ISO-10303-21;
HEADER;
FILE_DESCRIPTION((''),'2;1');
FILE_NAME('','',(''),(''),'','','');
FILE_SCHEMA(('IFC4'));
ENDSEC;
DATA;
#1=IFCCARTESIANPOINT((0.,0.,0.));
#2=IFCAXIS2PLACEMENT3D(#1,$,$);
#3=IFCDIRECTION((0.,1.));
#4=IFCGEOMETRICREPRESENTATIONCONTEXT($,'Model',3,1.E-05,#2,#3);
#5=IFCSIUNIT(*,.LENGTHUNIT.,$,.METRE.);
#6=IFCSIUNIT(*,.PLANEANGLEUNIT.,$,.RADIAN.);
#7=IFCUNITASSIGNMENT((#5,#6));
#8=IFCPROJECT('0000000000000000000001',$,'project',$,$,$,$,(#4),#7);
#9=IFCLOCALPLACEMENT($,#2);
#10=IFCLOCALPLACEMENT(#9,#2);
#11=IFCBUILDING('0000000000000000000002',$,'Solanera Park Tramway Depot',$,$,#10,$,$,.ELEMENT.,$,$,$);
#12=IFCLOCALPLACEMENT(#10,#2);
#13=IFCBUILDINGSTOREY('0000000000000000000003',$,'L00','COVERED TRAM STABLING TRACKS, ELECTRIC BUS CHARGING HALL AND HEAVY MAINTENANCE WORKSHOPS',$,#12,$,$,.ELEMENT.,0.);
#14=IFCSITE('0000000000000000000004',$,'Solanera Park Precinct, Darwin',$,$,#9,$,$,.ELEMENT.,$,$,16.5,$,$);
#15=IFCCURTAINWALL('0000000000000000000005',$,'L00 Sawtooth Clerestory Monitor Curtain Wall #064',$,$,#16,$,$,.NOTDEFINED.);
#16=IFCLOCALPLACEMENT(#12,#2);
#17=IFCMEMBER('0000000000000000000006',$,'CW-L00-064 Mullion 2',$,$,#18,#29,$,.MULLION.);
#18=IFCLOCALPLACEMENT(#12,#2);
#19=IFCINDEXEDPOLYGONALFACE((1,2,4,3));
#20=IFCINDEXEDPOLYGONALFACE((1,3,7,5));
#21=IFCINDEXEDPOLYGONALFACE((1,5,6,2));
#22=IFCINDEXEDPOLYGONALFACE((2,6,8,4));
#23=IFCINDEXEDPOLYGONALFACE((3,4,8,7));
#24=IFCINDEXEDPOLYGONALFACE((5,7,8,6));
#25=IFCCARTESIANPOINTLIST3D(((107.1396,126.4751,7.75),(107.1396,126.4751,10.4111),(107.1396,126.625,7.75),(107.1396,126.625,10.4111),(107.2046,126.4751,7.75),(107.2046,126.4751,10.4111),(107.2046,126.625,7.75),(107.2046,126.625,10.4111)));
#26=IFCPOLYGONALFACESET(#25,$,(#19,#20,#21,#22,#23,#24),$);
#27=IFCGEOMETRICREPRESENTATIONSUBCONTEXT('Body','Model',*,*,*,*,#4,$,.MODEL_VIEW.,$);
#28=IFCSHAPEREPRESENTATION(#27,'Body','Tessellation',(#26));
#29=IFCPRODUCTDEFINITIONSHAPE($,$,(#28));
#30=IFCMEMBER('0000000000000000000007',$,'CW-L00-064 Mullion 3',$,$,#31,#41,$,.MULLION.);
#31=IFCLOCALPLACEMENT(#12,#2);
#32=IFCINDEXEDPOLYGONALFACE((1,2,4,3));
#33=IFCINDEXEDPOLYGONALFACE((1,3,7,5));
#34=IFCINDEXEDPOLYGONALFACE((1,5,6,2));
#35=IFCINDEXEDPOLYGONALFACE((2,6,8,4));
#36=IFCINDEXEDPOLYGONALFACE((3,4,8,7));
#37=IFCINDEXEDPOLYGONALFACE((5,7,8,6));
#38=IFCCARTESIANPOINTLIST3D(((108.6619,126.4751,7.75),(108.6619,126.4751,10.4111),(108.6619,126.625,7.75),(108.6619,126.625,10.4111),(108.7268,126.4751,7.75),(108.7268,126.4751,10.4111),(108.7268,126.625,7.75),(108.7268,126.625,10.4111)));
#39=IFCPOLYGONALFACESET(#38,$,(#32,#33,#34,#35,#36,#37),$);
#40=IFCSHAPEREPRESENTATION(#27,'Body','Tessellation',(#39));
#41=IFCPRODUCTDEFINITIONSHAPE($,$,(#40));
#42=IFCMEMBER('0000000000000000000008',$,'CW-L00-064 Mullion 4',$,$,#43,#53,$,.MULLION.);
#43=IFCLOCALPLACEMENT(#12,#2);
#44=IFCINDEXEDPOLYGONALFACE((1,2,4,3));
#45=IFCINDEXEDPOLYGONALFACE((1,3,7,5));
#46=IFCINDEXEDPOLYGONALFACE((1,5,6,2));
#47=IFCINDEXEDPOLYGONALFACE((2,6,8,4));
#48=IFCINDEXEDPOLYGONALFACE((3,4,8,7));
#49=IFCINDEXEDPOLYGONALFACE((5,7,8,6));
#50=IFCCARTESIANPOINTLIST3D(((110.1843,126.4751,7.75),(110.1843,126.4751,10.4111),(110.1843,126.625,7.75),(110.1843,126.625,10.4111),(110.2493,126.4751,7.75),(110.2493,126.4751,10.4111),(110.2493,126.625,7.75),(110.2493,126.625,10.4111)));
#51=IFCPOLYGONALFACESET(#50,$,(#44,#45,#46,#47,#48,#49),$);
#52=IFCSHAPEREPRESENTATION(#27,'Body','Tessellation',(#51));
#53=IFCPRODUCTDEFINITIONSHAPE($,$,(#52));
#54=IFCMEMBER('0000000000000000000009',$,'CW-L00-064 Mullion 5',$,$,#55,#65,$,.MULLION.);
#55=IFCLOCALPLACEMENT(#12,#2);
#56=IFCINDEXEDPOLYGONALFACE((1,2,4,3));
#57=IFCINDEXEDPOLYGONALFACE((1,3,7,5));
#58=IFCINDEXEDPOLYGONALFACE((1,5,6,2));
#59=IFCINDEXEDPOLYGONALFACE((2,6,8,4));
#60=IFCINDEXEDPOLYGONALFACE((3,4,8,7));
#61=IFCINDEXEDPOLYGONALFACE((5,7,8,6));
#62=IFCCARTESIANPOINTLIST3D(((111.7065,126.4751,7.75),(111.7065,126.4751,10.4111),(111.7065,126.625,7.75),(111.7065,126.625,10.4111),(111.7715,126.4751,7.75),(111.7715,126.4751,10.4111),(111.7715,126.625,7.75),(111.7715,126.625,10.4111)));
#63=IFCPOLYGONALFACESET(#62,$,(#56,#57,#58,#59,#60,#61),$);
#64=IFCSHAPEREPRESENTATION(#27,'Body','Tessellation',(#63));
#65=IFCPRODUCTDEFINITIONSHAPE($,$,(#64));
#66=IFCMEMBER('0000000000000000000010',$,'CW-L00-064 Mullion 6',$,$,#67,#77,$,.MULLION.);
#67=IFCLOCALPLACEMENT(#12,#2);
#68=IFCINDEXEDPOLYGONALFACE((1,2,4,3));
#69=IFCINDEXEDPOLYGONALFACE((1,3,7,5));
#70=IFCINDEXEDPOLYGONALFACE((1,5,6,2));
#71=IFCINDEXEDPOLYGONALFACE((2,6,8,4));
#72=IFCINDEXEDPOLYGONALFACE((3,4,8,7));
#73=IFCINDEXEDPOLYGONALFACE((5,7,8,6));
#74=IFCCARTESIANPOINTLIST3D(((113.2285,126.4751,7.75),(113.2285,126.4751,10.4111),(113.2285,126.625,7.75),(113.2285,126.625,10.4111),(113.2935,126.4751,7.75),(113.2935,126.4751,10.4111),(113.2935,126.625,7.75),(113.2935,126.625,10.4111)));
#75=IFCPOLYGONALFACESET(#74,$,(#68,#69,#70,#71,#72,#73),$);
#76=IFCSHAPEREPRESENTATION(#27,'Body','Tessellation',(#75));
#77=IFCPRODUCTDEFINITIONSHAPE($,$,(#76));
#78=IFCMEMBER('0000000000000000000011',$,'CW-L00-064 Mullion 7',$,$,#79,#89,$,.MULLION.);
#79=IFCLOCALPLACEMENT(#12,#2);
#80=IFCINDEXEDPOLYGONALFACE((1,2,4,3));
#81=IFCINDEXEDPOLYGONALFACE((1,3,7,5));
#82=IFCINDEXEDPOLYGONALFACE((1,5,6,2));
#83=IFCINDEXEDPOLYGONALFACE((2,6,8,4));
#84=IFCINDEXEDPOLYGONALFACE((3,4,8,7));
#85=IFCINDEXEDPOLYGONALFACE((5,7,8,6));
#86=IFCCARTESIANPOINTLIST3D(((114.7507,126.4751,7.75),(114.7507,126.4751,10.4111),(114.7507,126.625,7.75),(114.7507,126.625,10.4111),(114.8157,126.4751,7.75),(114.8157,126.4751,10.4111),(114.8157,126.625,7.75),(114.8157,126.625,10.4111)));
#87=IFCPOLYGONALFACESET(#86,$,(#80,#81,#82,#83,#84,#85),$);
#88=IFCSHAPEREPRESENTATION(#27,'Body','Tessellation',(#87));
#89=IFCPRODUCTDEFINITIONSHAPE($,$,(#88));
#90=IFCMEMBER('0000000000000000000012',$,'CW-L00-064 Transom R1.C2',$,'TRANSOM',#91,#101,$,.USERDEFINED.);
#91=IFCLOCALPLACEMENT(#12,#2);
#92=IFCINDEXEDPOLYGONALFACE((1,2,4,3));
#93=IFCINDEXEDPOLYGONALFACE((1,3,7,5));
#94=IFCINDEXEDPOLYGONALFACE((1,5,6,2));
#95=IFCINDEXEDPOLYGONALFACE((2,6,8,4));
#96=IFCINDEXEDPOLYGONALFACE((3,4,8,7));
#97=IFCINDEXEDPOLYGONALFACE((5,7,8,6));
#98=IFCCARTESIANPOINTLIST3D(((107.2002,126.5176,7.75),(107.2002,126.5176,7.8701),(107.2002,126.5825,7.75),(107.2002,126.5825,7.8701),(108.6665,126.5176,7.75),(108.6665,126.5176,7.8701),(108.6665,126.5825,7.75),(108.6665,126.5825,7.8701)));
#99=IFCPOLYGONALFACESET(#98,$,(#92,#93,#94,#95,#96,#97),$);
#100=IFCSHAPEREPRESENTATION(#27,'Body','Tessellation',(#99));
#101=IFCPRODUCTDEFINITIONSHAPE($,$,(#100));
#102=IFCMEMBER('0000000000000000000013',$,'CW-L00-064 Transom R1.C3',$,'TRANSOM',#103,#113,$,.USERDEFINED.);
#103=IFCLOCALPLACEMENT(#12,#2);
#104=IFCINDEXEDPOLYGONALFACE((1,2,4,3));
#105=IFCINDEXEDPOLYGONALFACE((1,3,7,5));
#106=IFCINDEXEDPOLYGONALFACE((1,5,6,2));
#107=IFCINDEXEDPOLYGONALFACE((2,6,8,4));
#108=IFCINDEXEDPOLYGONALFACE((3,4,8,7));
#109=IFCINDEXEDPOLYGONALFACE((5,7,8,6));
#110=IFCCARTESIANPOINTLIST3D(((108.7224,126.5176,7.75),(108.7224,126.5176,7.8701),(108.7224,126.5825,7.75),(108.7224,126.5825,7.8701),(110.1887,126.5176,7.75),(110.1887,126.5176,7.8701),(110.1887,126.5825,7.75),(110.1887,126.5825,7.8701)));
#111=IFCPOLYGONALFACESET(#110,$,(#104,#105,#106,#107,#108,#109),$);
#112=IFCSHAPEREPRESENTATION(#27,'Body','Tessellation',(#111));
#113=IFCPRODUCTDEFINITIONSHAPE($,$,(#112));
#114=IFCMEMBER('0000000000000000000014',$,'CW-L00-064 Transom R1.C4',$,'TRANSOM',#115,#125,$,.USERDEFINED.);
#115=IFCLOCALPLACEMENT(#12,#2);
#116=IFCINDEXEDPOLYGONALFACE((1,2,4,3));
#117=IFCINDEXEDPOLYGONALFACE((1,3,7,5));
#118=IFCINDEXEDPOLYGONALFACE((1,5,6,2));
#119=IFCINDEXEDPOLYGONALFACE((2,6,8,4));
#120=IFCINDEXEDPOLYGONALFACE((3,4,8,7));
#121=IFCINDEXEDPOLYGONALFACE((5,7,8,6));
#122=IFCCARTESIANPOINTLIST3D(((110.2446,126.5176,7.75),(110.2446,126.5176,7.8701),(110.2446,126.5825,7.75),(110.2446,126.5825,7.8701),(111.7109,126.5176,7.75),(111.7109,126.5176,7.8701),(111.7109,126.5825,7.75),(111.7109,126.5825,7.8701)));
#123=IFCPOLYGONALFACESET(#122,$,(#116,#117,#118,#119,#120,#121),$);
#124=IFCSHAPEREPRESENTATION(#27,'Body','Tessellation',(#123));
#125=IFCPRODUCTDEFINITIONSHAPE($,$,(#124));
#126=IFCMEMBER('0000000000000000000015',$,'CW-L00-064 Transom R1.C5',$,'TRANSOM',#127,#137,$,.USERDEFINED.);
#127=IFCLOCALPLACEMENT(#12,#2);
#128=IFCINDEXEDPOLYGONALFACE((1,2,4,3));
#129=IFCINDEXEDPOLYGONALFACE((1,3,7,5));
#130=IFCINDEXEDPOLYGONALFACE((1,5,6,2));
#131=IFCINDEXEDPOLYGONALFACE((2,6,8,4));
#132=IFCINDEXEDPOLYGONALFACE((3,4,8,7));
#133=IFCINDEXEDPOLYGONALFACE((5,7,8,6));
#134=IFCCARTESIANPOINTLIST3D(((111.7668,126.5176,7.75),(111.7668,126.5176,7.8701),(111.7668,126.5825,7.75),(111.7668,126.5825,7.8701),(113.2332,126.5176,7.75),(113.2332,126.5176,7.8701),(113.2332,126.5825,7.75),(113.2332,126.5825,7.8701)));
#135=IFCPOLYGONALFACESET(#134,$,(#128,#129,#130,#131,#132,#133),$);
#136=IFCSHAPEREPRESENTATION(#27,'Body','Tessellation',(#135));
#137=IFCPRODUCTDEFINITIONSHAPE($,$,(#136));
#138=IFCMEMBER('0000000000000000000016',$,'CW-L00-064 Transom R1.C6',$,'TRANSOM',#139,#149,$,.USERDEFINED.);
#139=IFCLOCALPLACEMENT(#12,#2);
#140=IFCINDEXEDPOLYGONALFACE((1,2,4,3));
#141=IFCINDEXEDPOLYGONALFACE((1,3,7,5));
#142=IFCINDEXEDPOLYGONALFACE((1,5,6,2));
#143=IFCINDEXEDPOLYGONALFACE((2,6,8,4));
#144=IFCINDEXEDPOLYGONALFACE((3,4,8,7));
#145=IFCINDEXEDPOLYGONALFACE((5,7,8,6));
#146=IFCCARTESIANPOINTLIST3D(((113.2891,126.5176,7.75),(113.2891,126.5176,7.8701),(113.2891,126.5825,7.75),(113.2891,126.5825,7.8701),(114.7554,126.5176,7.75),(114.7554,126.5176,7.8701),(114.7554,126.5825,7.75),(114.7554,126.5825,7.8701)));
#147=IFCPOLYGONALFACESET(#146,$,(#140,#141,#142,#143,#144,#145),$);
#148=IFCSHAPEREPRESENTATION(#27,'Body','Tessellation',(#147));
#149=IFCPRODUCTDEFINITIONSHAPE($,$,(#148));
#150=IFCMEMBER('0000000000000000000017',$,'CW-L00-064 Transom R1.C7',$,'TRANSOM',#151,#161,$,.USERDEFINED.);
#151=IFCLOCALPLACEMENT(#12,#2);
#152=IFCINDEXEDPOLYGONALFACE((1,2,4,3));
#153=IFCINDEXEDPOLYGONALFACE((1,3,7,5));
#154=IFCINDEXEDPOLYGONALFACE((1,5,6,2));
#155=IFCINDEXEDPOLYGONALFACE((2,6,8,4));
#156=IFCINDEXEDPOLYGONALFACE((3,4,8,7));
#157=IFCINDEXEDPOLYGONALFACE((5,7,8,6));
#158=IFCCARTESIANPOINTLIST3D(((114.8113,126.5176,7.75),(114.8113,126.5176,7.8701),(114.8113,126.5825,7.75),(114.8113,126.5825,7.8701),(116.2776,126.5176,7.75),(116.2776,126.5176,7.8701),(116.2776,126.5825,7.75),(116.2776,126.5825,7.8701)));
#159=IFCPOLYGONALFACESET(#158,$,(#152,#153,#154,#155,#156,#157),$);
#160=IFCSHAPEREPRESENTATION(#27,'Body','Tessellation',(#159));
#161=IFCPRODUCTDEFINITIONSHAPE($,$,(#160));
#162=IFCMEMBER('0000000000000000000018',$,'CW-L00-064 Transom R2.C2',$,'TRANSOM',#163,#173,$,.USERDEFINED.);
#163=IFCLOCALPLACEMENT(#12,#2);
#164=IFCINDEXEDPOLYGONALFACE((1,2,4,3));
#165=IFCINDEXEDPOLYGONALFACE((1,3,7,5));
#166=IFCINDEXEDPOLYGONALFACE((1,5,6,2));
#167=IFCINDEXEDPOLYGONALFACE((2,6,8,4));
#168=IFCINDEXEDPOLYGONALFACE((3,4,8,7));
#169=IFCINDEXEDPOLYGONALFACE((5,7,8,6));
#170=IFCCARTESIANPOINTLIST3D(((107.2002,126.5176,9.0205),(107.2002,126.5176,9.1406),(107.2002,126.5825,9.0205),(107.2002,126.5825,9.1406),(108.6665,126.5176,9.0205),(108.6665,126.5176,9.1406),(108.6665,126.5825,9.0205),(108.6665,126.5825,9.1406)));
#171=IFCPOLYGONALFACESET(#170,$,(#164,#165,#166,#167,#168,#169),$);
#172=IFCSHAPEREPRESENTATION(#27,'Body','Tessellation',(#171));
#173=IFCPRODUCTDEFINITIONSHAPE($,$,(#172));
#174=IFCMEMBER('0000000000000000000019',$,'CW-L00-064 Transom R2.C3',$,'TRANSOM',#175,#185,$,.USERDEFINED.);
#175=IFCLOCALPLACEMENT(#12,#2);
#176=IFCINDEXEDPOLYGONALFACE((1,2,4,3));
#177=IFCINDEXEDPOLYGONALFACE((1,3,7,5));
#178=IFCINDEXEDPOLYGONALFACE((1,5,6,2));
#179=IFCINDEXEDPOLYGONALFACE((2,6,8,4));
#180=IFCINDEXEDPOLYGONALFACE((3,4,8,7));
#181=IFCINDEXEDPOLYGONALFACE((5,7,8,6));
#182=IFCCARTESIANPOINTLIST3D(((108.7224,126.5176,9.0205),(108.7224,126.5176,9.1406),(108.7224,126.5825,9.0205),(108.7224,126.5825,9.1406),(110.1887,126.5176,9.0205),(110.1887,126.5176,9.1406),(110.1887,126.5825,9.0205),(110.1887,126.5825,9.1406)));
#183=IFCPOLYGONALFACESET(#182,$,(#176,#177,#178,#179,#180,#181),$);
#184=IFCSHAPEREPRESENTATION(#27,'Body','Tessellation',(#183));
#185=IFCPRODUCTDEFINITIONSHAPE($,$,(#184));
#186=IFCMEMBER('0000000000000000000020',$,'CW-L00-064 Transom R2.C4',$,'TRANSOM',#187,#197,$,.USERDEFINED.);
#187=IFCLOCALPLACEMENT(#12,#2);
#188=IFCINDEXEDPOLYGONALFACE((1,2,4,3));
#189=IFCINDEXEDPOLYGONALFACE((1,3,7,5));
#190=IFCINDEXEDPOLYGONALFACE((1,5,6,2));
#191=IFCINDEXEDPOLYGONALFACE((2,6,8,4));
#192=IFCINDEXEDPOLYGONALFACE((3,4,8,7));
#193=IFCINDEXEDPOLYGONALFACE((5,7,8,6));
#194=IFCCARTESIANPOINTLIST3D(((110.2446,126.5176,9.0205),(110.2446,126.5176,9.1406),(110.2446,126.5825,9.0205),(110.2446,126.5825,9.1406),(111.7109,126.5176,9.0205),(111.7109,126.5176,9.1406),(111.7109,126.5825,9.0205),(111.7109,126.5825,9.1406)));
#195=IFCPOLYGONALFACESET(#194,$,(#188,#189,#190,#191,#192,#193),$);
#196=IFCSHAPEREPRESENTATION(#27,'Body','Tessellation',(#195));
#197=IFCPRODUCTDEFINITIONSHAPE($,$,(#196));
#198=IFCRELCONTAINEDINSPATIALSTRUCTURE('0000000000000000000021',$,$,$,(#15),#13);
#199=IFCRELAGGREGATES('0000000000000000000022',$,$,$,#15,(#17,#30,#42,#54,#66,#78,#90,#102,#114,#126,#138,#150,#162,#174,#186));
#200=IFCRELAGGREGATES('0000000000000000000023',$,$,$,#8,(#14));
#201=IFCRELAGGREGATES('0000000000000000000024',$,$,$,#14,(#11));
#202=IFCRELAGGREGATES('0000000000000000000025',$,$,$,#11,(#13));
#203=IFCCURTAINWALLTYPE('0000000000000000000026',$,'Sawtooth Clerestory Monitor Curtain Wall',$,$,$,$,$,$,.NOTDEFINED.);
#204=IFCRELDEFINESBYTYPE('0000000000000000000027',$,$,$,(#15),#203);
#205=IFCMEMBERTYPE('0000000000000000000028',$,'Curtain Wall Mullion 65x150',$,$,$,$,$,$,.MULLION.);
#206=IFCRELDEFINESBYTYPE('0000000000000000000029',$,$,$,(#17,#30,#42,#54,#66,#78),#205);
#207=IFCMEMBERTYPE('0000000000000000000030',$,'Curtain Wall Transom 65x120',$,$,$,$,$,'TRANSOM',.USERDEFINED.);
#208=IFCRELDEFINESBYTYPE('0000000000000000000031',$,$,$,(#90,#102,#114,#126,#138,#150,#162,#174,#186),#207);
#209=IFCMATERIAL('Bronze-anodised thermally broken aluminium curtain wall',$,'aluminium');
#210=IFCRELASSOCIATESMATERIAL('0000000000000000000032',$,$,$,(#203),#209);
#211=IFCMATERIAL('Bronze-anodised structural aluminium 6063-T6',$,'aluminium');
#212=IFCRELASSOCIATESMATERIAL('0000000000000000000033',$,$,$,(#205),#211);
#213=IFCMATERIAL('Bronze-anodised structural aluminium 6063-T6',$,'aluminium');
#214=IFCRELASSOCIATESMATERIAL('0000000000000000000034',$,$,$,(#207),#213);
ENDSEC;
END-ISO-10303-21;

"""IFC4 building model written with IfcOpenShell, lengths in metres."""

from ifc_helpers import new_model, si_unit, direction, frame, origin, origin_2d, place, context, subcontext, project, spatial, rectangle, extrude, material, material_profile, profile_set, type_object, element, aggregate, save


model = new_model("IFC4")

# Units and contexts
model_context = context("Model", 3, precision=1e-05, world=origin(), true_north=direction((0.0, 1.0)))
body_context = subcontext(model_context, "Body", "Model", "MODEL_VIEW")
ifc_project = project(units=[si_unit("LENGTHUNIT", "METRE"), si_unit("PLANEANGLEUNIT", "RADIAN")], contexts=[model_context])

# Site, building, storey
site_placement = place(None, origin())
site = spatial("IfcSite", under=ifc_project, at=site_placement, Name="Solanera Park Precinct, Darwin", CompositionType="ELEMENT", RefElevation=16.5)
building_placement = place(site_placement, origin())
building = spatial("IfcBuilding", under=site, at=building_placement, Name="Solanera Park Tramway Depot", CompositionType="ELEMENT")
storey_placement = place(building_placement, origin())
storey = spatial("IfcBuildingStorey", under=building, at=storey_placement, Name="L00", Description="COVERED TRAM STABLING TRACKS, ELECTRIC BUS CHARGING HALL AND HEAVY MAINTENANCE WORKSHOPS", CompositionType="ELEMENT", Elevation=0.0)

# Curtain wall, members
ifc_material_1 = material(Name="Bronze-anodised thermally broken aluminium curtain wall", Category="aluminium")
curtain_wall_type = type_object("IfcCurtainWallType", Name="Sawtooth Clerestory Monitor Curtain Wall", PredefinedType="NOTDEFINED", material=ifc_material_1)
curtain_wall_placement = place(storey_placement, origin())
curtain_wall = element("IfcCurtainWall", 1, at=curtain_wall_placement, inside=storey, type_object=curtain_wall_type, Name="L00 Sawtooth Clerestory Monitor Curtain Wall #064", PredefinedType="NOTDEFINED")
ifc_material_2 = material(Name="Bronze-anodised structural aluminium 6063-T6", Category="aluminium")
ifc_material_profile_1 = material_profile(ifc_material_2, rectangle(XDim=0.0649, YDim=0.1499, at=origin_2d()), Name="Curtain Wall Mullion 65x150")
ifc_profile_set_1 = profile_set([ifc_material_profile_1], Name="Bronze-anodised structural aluminium 6063-T6")
member_type_1 = type_object("IfcMemberType", Name="Curtain Wall Mullion 65x150", PredefinedType="MULLION", material=ifc_profile_set_1)
member_1_placement = place(storey_placement, frame((107.1721, 126.55, 7.75), z_axis=(0.0, 0.0, 1.0), x_axis=(1.0, 0.0, 0.0)))
member_1 = element("IfcMember", 2, at=member_1_placement, type_object=member_type_1, Name="CW-L00-064 Mullion 2", PredefinedType="MULLION", context=body_context, shape_type="SweptSolid", body=[
    extrude(rectangle(XDim=0.0649, YDim=0.1499, at=origin_2d()), origin(), (0.0, 0.0, 1.0), 2.6611),
])
member_2_placement = place(storey_placement, frame((108.6943, 126.55, 7.75), z_axis=(0.0, 0.0, 1.0), x_axis=(1.0, 0.0, 0.0)))
member_2 = element("IfcMember", 3, at=member_2_placement, type_object=member_type_1, Name="CW-L00-064 Mullion 3", PredefinedType="MULLION", context=body_context, shape_type="SweptSolid", body=[
    extrude(rectangle(XDim=0.0649, YDim=0.1499, at=origin_2d()), origin(), (0.0, 0.0, 1.0), 2.6611),
])
member_3_placement = place(storey_placement, frame((110.2168, 126.55, 7.75), z_axis=(0.0, 0.0, 1.0), x_axis=(1.0, 0.0, 0.0)))
member_3 = element("IfcMember", 4, at=member_3_placement, type_object=member_type_1, Name="CW-L00-064 Mullion 4", PredefinedType="MULLION", context=body_context, shape_type="SweptSolid", body=[
    extrude(rectangle(XDim=0.0649, YDim=0.1499, at=origin_2d()), origin(), (0.0, 0.0, 1.0), 2.6611),
])
member_4_placement = place(storey_placement, frame((111.739, 126.55, 7.75), z_axis=(0.0, 0.0, 1.0), x_axis=(1.0, 0.0, 0.0)))
member_4 = element("IfcMember", 5, at=member_4_placement, type_object=member_type_1, Name="CW-L00-064 Mullion 5", PredefinedType="MULLION", context=body_context, shape_type="SweptSolid", body=[
    extrude(rectangle(XDim=0.0649, YDim=0.1499, at=origin_2d()), origin(), (0.0, 0.0, 1.0), 2.6611),
])
member_5_placement = place(storey_placement, frame((113.261, 126.55, 7.75), z_axis=(0.0, 0.0, 1.0), x_axis=(1.0, 0.0, 0.0)))
member_5 = element("IfcMember", 6, at=member_5_placement, type_object=member_type_1, Name="CW-L00-064 Mullion 6", PredefinedType="MULLION", context=body_context, shape_type="SweptSolid", body=[
    extrude(rectangle(XDim=0.0649, YDim=0.1499, at=origin_2d()), origin(), (0.0, 0.0, 1.0), 2.6611),
])
member_6_placement = place(storey_placement, frame((114.7832, 126.55, 7.75), z_axis=(0.0, 0.0, 1.0), x_axis=(1.0, 0.0, 0.0)))
member_6 = element("IfcMember", 7, at=member_6_placement, type_object=member_type_1, Name="CW-L00-064 Mullion 7", PredefinedType="MULLION", context=body_context, shape_type="SweptSolid", body=[
    extrude(rectangle(XDim=0.0649, YDim=0.1499, at=origin_2d()), origin(), (0.0, 0.0, 1.0), 2.6611),
])
ifc_material_3 = material(Name="Bronze-anodised structural aluminium 6063-T6", Category="aluminium")
ifc_material_profile_2 = material_profile(ifc_material_3, rectangle(XDim=0.0649, YDim=0.1201, at=origin_2d()), Name="Curtain Wall Transom 65x120")
ifc_profile_set_2 = profile_set([ifc_material_profile_2], Name="Bronze-anodised structural aluminium 6063-T6")
member_type_2 = type_object("IfcMemberType", Name="Curtain Wall Transom 65x120", ElementType="TRANSOM", PredefinedType="USERDEFINED", material=ifc_profile_set_2)
member_7_placement = place(storey_placement, frame((107.2002, 126.55, 7.8101), z_axis=(1.0, 0.0, 0.0), x_axis=(0.0, 1.0, 0.0)))
member_7 = element("IfcMember", 8, at=member_7_placement, type_object=member_type_2, Name="CW-L00-064 Transom R1.C2", ObjectType="TRANSOM", PredefinedType="USERDEFINED", context=body_context, shape_type="SweptSolid", body=[
    extrude(rectangle(XDim=0.0649, YDim=0.1201, at=origin_2d()), origin(), (0.0, 0.0, 1.0), 1.4663),
])
member_8_placement = place(storey_placement, frame((108.7224, 126.55, 7.8101), z_axis=(1.0, 0.0, 0.0), x_axis=(0.0, 1.0, 0.0)))
member_8 = element("IfcMember", 9, at=member_8_placement, type_object=member_type_2, Name="CW-L00-064 Transom R1.C3", ObjectType="TRANSOM", PredefinedType="USERDEFINED", context=body_context, shape_type="SweptSolid", body=[
    extrude(rectangle(XDim=0.0649, YDim=0.1201, at=origin_2d()), origin(), (0.0, 0.0, 1.0), 1.4663),
])
member_9_placement = place(storey_placement, frame((110.2446, 126.55, 7.8101), z_axis=(1.0, 0.0, 0.0), x_axis=(0.0, 1.0, 0.0)))
member_9 = element("IfcMember", 10, at=member_9_placement, type_object=member_type_2, Name="CW-L00-064 Transom R1.C4", ObjectType="TRANSOM", PredefinedType="USERDEFINED", context=body_context, shape_type="SweptSolid", body=[
    extrude(rectangle(XDim=0.0649, YDim=0.1201, at=origin_2d()), origin(), (0.0, 0.0, 1.0), 1.4663),
])
member_10_placement = place(storey_placement, frame((111.7668, 126.55, 7.8101), z_axis=(1.0, 0.0, 0.0), x_axis=(0.0, 1.0, 0.0)))
member_10 = element("IfcMember", 11, at=member_10_placement, type_object=member_type_2, Name="CW-L00-064 Transom R1.C5", ObjectType="TRANSOM", PredefinedType="USERDEFINED", context=body_context, shape_type="SweptSolid", body=[
    extrude(rectangle(XDim=0.0649, YDim=0.1201, at=origin_2d()), origin(), (0.0, 0.0, 1.0), 1.4663),
])
member_11_placement = place(storey_placement, frame((113.2891, 126.55, 7.8101), z_axis=(1.0, 0.0, 0.0), x_axis=(0.0, 1.0, 0.0)))
member_11 = element("IfcMember", 12, at=member_11_placement, type_object=member_type_2, Name="CW-L00-064 Transom R1.C6", ObjectType="TRANSOM", PredefinedType="USERDEFINED", context=body_context, shape_type="SweptSolid", body=[
    extrude(rectangle(XDim=0.0649, YDim=0.1201, at=origin_2d()), origin(), (0.0, 0.0, 1.0), 1.4663),
])
member_12_placement = place(storey_placement, frame((114.8113, 126.55, 7.8101), z_axis=(1.0, 0.0, 0.0), x_axis=(0.0, 1.0, 0.0)))
member_12 = element("IfcMember", 13, at=member_12_placement, type_object=member_type_2, Name="CW-L00-064 Transom R1.C7", ObjectType="TRANSOM", PredefinedType="USERDEFINED", context=body_context, shape_type="SweptSolid", body=[
    extrude(rectangle(XDim=0.0649, YDim=0.1201, at=origin_2d()), origin(), (0.0, 0.0, 1.0), 1.4663),
])
member_13_placement = place(storey_placement, frame((107.2002, 126.55, 9.0806), z_axis=(1.0, 0.0, 0.0), x_axis=(0.0, 1.0, 0.0)))
member_13 = element("IfcMember", 14, at=member_13_placement, type_object=member_type_2, Name="CW-L00-064 Transom R2.C2", ObjectType="TRANSOM", PredefinedType="USERDEFINED", context=body_context, shape_type="SweptSolid", body=[
    extrude(rectangle(XDim=0.0649, YDim=0.1201, at=origin_2d()), origin(), (0.0, 0.0, 1.0), 1.4663),
])
member_14_placement = place(storey_placement, frame((108.7224, 126.55, 9.0806), z_axis=(1.0, 0.0, 0.0), x_axis=(0.0, 1.0, 0.0)))
member_14 = element("IfcMember", 15, at=member_14_placement, type_object=member_type_2, Name="CW-L00-064 Transom R2.C3", ObjectType="TRANSOM", PredefinedType="USERDEFINED", context=body_context, shape_type="SweptSolid", body=[
    extrude(rectangle(XDim=0.0649, YDim=0.1201, at=origin_2d()), origin(), (0.0, 0.0, 1.0), 1.4663),
])
member_15_placement = place(storey_placement, frame((110.2446, 126.55, 9.0806), z_axis=(1.0, 0.0, 0.0), x_axis=(0.0, 1.0, 0.0)))
member_15 = element("IfcMember", 16, at=member_15_placement, type_object=member_type_2, Name="CW-L00-064 Transom R2.C4", ObjectType="TRANSOM", PredefinedType="USERDEFINED", context=body_context, shape_type="SweptSolid", body=[
    extrude(rectangle(XDim=0.0649, YDim=0.1201, at=origin_2d()), origin(), (0.0, 0.0, 1.0), 1.4663),
])
aggregate(curtain_wall, [member_1, member_2, member_3, member_4, member_5, member_6, member_7, member_8, member_9, member_10, member_11, member_12, member_13, member_14, member_15])

save(model, "model.ifc")
